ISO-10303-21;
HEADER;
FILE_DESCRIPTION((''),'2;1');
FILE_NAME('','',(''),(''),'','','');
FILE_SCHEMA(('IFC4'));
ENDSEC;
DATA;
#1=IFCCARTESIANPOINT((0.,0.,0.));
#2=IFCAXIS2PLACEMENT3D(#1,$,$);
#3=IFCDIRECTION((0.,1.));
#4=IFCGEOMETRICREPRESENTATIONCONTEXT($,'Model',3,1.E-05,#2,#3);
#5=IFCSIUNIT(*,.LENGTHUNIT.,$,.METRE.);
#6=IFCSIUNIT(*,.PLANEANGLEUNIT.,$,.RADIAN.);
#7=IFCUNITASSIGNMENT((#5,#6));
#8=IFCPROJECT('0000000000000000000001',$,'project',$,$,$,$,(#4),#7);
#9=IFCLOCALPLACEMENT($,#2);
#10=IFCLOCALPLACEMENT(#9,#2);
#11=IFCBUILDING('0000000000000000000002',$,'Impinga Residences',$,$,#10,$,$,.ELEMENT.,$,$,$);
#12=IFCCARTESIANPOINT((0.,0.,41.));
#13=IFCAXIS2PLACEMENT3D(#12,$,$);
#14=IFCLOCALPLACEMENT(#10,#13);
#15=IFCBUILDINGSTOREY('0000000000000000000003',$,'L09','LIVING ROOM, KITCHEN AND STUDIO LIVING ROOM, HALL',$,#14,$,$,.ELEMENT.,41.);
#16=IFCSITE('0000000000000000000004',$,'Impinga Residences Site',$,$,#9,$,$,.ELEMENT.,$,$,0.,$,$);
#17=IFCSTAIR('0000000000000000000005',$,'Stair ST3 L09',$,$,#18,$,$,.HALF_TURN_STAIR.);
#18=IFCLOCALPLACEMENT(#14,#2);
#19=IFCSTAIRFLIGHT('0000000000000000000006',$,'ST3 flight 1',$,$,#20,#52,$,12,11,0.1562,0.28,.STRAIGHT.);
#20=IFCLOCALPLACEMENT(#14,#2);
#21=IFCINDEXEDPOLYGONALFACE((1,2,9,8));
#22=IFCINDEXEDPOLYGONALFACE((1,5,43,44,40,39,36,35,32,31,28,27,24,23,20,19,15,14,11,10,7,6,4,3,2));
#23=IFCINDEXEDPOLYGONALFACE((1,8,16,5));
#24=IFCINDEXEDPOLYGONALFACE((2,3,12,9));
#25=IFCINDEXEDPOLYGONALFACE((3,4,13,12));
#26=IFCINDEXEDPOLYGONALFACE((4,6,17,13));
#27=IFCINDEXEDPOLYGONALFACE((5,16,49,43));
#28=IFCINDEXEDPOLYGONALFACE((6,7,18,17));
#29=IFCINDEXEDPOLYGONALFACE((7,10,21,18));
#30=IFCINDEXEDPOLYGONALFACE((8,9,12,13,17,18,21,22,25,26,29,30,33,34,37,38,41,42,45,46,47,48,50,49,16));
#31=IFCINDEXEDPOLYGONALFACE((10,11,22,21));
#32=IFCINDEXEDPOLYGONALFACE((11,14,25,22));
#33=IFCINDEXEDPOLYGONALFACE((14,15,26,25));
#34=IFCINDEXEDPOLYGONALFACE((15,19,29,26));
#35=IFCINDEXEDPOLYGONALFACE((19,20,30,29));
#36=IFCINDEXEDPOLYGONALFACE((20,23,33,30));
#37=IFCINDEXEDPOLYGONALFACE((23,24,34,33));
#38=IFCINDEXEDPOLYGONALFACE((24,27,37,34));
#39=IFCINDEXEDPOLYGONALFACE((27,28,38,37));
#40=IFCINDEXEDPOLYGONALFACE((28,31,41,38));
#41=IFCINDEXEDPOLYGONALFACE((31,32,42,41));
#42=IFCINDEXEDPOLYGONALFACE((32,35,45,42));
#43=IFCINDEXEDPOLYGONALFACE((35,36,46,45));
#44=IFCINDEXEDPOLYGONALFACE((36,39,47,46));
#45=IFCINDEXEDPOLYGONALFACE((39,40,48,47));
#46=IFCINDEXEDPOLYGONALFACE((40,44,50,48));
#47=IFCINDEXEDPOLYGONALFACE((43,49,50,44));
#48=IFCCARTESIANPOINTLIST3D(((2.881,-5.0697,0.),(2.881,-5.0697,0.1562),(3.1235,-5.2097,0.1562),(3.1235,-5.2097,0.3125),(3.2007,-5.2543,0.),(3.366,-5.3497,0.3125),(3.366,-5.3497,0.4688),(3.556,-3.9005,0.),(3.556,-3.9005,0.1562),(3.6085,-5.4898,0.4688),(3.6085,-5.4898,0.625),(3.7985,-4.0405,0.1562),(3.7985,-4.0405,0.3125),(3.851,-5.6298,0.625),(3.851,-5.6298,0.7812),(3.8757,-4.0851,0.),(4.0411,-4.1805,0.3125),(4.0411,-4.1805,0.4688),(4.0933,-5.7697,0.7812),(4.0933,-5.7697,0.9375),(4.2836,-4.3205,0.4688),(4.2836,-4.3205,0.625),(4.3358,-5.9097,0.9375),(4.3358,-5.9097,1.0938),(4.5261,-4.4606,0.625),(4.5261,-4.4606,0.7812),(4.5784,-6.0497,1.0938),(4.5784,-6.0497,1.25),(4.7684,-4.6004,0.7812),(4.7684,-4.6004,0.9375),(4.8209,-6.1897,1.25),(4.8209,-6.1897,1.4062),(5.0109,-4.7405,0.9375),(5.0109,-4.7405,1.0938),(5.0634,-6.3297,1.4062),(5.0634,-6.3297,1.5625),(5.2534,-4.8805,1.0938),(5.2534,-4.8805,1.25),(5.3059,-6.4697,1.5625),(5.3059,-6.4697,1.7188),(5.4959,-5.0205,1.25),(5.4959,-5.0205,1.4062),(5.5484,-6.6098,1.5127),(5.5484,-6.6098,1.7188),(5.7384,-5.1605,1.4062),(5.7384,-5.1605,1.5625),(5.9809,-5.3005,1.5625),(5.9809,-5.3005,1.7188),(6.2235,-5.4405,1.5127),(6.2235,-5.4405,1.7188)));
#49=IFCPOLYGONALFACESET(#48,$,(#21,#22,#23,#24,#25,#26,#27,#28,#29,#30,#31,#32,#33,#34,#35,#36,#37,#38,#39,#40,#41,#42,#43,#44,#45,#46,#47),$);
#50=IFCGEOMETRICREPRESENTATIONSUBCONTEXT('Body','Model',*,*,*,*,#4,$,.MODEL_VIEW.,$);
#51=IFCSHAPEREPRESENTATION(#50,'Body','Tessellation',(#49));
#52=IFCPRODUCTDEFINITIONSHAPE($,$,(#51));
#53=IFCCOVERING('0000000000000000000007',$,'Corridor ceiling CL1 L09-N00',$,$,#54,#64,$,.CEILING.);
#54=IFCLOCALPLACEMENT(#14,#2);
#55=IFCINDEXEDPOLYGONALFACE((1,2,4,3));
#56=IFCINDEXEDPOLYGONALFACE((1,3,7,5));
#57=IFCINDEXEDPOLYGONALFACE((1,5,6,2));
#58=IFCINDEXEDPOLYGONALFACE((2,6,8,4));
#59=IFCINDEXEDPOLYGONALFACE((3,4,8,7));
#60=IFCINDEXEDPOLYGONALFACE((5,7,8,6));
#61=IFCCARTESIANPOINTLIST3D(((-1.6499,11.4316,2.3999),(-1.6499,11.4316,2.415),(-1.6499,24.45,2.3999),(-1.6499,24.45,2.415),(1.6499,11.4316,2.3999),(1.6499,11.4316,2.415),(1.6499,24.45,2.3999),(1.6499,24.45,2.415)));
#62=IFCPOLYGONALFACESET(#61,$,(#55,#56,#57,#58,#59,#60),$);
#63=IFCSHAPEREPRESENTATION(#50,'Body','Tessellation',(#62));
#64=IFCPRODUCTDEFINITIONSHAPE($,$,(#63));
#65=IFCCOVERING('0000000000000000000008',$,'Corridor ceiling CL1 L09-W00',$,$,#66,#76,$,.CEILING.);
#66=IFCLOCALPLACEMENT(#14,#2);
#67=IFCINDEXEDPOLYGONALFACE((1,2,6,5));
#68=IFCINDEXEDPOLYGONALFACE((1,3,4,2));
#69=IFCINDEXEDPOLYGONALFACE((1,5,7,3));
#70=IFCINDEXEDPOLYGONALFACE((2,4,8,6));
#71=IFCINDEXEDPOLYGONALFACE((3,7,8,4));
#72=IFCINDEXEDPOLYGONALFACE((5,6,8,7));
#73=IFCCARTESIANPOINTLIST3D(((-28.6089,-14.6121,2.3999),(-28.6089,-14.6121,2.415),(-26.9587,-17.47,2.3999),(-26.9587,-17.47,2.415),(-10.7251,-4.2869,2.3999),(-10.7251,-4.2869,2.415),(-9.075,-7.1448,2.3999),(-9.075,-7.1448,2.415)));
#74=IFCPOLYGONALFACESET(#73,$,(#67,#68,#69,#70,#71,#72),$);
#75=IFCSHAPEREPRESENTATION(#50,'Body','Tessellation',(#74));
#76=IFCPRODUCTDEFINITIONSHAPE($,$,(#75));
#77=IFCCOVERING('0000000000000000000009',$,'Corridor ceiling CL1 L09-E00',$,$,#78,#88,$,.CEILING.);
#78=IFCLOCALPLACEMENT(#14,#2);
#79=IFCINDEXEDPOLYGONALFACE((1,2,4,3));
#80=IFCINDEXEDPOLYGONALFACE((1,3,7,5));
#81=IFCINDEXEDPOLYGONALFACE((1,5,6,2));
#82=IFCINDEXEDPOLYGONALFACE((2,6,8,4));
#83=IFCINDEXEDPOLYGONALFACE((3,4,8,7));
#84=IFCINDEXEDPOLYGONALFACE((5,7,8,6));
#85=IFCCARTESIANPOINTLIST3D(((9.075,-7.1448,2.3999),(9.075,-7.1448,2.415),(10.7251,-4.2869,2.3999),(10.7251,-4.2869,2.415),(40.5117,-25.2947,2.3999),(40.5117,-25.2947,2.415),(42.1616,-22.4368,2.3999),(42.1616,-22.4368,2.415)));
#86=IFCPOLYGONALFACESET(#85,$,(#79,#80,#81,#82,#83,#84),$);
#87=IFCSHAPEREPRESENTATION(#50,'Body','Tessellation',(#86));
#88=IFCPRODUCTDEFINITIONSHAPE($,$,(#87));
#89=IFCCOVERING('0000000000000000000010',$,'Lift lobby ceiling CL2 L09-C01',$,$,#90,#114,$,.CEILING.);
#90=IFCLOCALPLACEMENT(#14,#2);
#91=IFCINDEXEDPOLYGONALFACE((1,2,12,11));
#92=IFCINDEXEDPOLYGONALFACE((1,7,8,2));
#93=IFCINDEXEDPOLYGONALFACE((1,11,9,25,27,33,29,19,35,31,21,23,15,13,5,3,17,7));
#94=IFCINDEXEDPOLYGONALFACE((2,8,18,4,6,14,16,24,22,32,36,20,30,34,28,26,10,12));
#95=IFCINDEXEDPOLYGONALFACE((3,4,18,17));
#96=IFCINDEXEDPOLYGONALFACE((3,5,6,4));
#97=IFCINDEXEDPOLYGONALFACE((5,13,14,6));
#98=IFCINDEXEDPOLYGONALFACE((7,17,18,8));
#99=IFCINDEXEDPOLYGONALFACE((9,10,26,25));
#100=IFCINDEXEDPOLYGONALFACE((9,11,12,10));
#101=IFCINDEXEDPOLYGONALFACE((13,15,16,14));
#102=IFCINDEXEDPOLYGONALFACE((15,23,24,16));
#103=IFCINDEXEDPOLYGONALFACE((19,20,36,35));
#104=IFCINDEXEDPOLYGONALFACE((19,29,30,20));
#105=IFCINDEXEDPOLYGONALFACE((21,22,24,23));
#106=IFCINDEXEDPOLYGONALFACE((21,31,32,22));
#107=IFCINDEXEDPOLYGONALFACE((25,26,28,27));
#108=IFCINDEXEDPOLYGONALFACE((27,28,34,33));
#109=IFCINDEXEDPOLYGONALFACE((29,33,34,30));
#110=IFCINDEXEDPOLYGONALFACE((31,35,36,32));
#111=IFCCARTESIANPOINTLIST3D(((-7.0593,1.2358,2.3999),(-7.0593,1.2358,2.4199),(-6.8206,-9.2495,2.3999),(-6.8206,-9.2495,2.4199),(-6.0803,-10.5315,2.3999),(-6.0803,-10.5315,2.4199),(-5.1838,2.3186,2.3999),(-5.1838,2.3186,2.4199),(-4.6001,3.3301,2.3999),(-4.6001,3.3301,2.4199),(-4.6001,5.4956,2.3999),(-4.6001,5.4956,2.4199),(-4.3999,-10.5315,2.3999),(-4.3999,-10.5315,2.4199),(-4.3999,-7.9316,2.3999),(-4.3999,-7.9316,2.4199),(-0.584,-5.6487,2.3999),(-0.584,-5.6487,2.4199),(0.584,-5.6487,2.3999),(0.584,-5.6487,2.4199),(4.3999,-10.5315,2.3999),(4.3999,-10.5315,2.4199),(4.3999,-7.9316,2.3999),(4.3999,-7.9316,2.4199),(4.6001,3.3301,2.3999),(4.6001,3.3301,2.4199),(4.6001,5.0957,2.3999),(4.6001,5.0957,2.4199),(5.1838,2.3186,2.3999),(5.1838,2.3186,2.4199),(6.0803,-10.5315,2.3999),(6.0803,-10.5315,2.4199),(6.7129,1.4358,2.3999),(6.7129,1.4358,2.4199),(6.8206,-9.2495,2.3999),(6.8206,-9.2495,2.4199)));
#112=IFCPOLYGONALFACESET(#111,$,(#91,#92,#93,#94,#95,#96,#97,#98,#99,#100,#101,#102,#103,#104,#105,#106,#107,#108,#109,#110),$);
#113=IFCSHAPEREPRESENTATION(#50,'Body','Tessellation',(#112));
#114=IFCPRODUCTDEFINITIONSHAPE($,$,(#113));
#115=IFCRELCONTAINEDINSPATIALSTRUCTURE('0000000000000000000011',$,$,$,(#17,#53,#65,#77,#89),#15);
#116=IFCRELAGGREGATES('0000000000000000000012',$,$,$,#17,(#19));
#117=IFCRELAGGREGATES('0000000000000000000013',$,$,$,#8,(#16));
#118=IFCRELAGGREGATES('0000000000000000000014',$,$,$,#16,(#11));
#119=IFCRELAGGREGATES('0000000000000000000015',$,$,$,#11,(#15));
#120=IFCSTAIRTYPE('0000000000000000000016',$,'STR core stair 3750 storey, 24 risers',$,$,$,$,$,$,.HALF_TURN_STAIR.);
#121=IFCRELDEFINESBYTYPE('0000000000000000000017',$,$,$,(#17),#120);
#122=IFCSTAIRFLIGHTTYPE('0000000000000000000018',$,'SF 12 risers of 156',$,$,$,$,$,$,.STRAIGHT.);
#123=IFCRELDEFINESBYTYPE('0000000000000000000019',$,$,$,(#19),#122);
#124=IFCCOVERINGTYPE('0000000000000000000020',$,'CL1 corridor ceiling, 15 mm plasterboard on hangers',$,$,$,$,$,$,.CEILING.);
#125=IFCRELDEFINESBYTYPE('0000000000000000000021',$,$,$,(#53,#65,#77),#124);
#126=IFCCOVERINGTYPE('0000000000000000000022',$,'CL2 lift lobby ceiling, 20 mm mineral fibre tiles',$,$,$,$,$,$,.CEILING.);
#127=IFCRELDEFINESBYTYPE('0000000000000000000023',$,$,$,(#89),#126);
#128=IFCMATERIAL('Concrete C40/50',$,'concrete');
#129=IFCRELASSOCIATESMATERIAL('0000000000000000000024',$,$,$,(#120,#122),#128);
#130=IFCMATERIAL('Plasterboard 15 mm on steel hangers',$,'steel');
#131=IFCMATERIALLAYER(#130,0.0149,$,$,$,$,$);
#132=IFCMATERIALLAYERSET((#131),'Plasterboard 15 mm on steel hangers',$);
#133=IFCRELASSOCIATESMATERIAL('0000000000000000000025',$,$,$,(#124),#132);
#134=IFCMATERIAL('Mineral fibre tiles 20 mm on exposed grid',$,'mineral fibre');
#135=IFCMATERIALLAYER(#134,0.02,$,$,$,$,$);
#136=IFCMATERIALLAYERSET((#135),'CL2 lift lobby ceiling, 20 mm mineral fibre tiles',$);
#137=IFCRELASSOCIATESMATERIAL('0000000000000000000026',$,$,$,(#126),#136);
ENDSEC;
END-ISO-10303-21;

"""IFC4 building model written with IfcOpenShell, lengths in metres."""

from ifc_helpers import new_model, si_unit, direction, frame, origin, place, context, subcontext, project, spatial, polyline, outline, extrude, material, layer, layer_set, type_object, element, aggregate, save


model = new_model("IFC4")

# Units and contexts
model_context = context("Model", 3, precision=1e-05, world=origin(), true_north=direction((0.0, 1.0)))
body_context = subcontext(model_context, "Body", "Model", "MODEL_VIEW")
ifc_project = project(units=[si_unit("LENGTHUNIT", "METRE"), si_unit("PLANEANGLEUNIT", "RADIAN")], contexts=[model_context])

# Site, building, storey
site_placement = place(None, origin())
site = spatial("IfcSite", under=ifc_project, at=site_placement, Name="Impinga Residences Site", CompositionType="ELEMENT", RefElevation=0.0)
building_placement = place(site_placement, origin())
building = spatial("IfcBuilding", under=site, at=building_placement, Name="Impinga Residences", CompositionType="ELEMENT")
storey_placement = place(building_placement, frame((0.0, 0.0, 41.0)))
storey = spatial("IfcBuildingStorey", under=building, at=storey_placement, Name="L09", Description="LIVING ROOM, KITCHEN AND STUDIO LIVING ROOM, HALL", CompositionType="ELEMENT", Elevation=41.0)

# Stair, stair flight
ifc_material_1 = material(Name="Concrete C40/50", Category="concrete")
stair_type = type_object("IfcStairType", Name="STR core stair 3750 storey, 24 risers", PredefinedType="HALF_TURN_STAIR", material=ifc_material_1)
stair_placement = place(storey_placement, origin())
stair = element("IfcStair", 1, at=stair_placement, inside=storey, type_object=stair_type, Name="Stair ST3 L09", PredefinedType="HALF_TURN_STAIR")
stair_flight_type = type_object("IfcStairFlightType", Name="SF 12 risers of 156", PredefinedType="STRAIGHT", material=ifc_material_1)
stair_flight_placement = place(storey_placement, frame((3.2185, -4.4851, 0.0), z_axis=(0.0, 0.0, 1.0), x_axis=(0.866025, -0.5, 0.0)))
stair_flight = element("IfcStairFlight", 2, at=stair_flight_placement, type_object=stair_flight_type, Name="ST3 flight 1", NumberOfRisers=12, NumberOfTreads=11, PredefinedType="STRAIGHT", RiserHeight=0.1562, TreadLength=0.28, context=body_context, shape_type="SweptSolid", body=[
    extrude(outline(polyline([(0.0, 0.0), (0.0, 0.1562), (0.28, 0.1562), (0.28, 0.3125), (0.5601, 0.3125), (0.5601, 0.4688), (0.8401, 0.4688), (0.8401, 0.625), (1.1201, 0.625), (1.1201, 0.7812), (1.3999, 0.7812), (1.3999, 0.9375), (1.6799, 0.9375), (1.6799, 1.0938), (1.96, 1.0938), (1.96, 1.25), (2.24, 1.25), (2.24, 1.4062), (2.52, 1.4062), (2.52, 1.5625), (2.8, 1.5625), (2.8, 1.7188), (3.0801, 1.7188), (3.0801, 1.875), (3.0801, 1.5127), (0.3691, 0.0), (0.0, 0.0)])), frame((0.0, 0.675, 0.0), z_axis=(0.0, -1.0, 0.0), x_axis=(1.0, 0.0, 0.0)), (0.0, 0.0, 1.0), 1.3501),
])
aggregate(stair, [stair_flight])

# Coverings
ifc_material_2 = material(Name="Plasterboard 15 mm on steel hangers", Category="steel")
ifc_layer_1 = layer(ifc_material_2, 0.0149)
ifc_layer_set_1 = layer_set([ifc_layer_1], Name="Plasterboard 15 mm on steel hangers")
covering_type_1 = type_object("IfcCoveringType", Name="CL1 corridor ceiling, 15 mm plasterboard on hangers", PredefinedType="CEILING", material=ifc_layer_set_1)
covering_1_placement = place(storey_placement, frame((0.0, 0.0, 2.3999)))
element("IfcCovering", 3, at=covering_1_placement, inside=storey, type_object=covering_type_1, Name="Corridor ceiling CL1 L09-N00", PredefinedType="CEILING", context=body_context, shape_type="SweptSolid", body=[
    extrude(outline(polyline([(1.6499, 11.4316), (-1.6499, 11.4316), (-1.6499, 24.45), (1.6499, 24.45), (1.6499, 11.4316)])), origin(), (0.0, 0.0, 1.0), 0.0151),
])
covering_2_placement = place(storey_placement, frame((0.0, 0.0, 2.3999)))
element("IfcCovering", 4, at=covering_2_placement, inside=storey, type_object=covering_type_1, Name="Corridor ceiling CL1 L09-W00", PredefinedType="CEILING", context=body_context, shape_type="SweptSolid", body=[
    extrude(outline(polyline([(-10.7251, -4.2869), (-9.075, -7.1448), (-26.9587, -17.47), (-28.6089, -14.6121), (-10.7251, -4.2869)])), origin(), (0.0, 0.0, 1.0), 0.0151),
])
covering_3_placement = place(storey_placement, frame((0.0, 0.0, 2.3999)))
element("IfcCovering", 5, at=covering_3_placement, inside=storey, type_object=covering_type_1, Name="Corridor ceiling CL1 L09-E00", PredefinedType="CEILING", context=body_context, shape_type="SweptSolid", body=[
    extrude(outline(polyline([(10.7251, -4.2869), (9.075, -7.1448), (40.5117, -25.2947), (42.1616, -22.4368), (10.7251, -4.2869)])), origin(), (0.0, 0.0, 1.0), 0.0151),
])
ifc_material_3 = material(Name="Mineral fibre tiles 20 mm on exposed grid", Category="mineral fibre")
ifc_layer_2 = layer(ifc_material_3, 0.02)
ifc_layer_set_2 = layer_set([ifc_layer_2], Name="CL2 lift lobby ceiling, 20 mm mineral fibre tiles")
covering_type_2 = type_object("IfcCoveringType", Name="CL2 lift lobby ceiling, 20 mm mineral fibre tiles", PredefinedType="CEILING", material=ifc_layer_set_2)
covering_4_placement = place(storey_placement, frame((0.0, 0.0, 2.3999)))
element("IfcCovering", 6, at=covering_4_placement, inside=storey, type_object=covering_type_2, Name="Lift lobby ceiling CL2 L09-C01", PredefinedType="CEILING", context=body_context, shape_type="SweptSolid", body=[
    extrude(outline(polyline([(6.0803, -10.5315), (4.3999, -10.5315), (4.3999, -7.9316), (-4.3999, -7.9316), (-4.3999, -10.5315), (-6.0803, -10.5315), (-6.8206, -9.2495), (-0.584, -5.6487), (-5.1838, 2.3186), (-7.0593, 1.2358), (-4.6001, 5.4956), (-4.6001, 3.3301), (4.6001, 3.3301), (4.6001, 5.0957), (6.7129, 1.4358), (5.1838, 2.3186), (0.584, -5.6487), (6.8206, -9.2495), (6.0803, -10.5315)])), origin(), (0.0, 0.0, 1.0), 0.02),
])

save(model, "model.ifc")
